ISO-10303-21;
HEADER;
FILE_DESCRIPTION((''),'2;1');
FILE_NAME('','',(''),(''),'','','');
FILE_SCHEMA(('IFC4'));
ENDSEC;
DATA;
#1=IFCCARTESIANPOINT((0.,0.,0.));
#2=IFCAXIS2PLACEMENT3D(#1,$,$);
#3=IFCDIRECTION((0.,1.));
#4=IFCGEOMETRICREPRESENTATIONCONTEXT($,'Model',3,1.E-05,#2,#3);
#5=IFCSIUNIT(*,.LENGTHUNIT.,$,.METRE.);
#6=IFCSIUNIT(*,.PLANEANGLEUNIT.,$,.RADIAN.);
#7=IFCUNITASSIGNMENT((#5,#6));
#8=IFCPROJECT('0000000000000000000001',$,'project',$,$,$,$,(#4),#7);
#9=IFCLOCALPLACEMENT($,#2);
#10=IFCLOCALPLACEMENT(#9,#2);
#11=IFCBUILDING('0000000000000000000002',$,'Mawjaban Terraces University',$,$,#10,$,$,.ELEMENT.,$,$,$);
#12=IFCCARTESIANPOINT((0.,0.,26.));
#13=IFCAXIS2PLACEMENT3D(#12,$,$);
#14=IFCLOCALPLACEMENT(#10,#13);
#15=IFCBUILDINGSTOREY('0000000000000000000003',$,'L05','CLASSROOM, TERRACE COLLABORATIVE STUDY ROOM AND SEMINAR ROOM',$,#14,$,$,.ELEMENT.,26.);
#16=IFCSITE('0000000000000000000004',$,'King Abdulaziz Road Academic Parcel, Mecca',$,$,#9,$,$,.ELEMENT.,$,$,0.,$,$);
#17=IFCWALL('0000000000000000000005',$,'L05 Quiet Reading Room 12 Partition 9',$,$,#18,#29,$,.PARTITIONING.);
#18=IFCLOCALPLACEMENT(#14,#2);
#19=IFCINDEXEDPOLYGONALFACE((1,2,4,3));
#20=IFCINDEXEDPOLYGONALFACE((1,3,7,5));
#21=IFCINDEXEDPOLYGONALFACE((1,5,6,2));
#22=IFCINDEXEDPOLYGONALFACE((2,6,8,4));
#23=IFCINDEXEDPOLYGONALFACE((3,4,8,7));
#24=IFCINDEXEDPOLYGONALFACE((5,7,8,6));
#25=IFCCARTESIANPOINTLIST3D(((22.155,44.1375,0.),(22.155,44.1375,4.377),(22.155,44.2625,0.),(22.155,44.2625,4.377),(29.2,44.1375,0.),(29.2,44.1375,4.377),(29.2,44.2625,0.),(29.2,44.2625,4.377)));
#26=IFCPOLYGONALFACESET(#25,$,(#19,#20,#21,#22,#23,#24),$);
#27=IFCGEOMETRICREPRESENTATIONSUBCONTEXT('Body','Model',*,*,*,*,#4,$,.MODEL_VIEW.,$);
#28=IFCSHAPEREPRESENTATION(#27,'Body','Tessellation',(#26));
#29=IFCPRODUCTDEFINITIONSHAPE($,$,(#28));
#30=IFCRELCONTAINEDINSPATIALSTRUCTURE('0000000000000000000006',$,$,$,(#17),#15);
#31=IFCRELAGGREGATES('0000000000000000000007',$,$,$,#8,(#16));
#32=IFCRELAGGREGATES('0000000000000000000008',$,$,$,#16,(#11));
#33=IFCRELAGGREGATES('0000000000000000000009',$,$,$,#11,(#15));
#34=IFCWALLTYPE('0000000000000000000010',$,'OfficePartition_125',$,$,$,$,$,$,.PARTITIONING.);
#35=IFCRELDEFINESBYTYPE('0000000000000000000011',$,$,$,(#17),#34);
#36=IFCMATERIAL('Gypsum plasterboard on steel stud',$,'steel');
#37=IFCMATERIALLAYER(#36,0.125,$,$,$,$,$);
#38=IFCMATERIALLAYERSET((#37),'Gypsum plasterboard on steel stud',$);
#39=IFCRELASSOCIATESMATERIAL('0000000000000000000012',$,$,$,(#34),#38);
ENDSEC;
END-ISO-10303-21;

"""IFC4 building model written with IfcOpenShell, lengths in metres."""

from ifc_helpers import new_model, si_unit, direction, frame, frame_2d, origin, place, context, subcontext, project, spatial, rectangle, extrude, material, layer, layer_set, type_object, element, save


model = new_model("IFC4")

# Units and contexts
model_context = context("Model", 3, precision=1e-05, world=origin(), true_north=direction((0.0, 1.0)))
body_context = subcontext(model_context, "Body", "Model", "MODEL_VIEW")
ifc_project = project(units=[si_unit("LENGTHUNIT", "METRE"), si_unit("PLANEANGLEUNIT", "RADIAN")], contexts=[model_context])

# Site, building, storey
site_placement = place(None, origin())
site = spatial("IfcSite", under=ifc_project, at=site_placement, Name="King Abdulaziz Road Academic Parcel, Mecca", CompositionType="ELEMENT", RefElevation=0.0)
building_placement = place(site_placement, origin())
building = spatial("IfcBuilding", under=site, at=building_placement, Name="Mawjaban Terraces University", CompositionType="ELEMENT")
storey_placement = place(building_placement, frame((0.0, 0.0, 26.0)))
storey = spatial("IfcBuildingStorey", under=building, at=storey_placement, Name="L05", Description="CLASSROOM, TERRACE COLLABORATIVE STUDY ROOM AND SEMINAR ROOM", CompositionType="ELEMENT", Elevation=26.0)

# Wall
ifc_material_1 = material(Name="Gypsum plasterboard on steel stud", Category="steel")
ifc_layer_1 = layer(ifc_material_1, 0.125)
ifc_layer_set_1 = layer_set([ifc_layer_1], Name="Gypsum plasterboard on steel stud")
wall_type_1 = type_object("IfcWallType", Name="OfficePartition_125", PredefinedType="PARTITIONING", material=ifc_layer_set_1)
wall_1_placement = place(storey_placement, frame((29.2, 44.2, 0.0), z_axis=(0.0, 0.0, 1.0), x_axis=(-1.0, 0.0, 0.0)))
element("IfcWall", 1, at=wall_1_placement, inside=storey, type_object=wall_type_1, Name="L05 Quiet Reading Room 12 Partition 9", PredefinedType="PARTITIONING", context=body_context, shape_type="SweptSolid", body=[
    extrude(rectangle(XDim=7.0449, YDim=0.125, at=frame_2d((3.5225, 0.0))), origin(), (0.0, 0.0, 1.0), 4.377),
])

save(model, "model.ifc")
